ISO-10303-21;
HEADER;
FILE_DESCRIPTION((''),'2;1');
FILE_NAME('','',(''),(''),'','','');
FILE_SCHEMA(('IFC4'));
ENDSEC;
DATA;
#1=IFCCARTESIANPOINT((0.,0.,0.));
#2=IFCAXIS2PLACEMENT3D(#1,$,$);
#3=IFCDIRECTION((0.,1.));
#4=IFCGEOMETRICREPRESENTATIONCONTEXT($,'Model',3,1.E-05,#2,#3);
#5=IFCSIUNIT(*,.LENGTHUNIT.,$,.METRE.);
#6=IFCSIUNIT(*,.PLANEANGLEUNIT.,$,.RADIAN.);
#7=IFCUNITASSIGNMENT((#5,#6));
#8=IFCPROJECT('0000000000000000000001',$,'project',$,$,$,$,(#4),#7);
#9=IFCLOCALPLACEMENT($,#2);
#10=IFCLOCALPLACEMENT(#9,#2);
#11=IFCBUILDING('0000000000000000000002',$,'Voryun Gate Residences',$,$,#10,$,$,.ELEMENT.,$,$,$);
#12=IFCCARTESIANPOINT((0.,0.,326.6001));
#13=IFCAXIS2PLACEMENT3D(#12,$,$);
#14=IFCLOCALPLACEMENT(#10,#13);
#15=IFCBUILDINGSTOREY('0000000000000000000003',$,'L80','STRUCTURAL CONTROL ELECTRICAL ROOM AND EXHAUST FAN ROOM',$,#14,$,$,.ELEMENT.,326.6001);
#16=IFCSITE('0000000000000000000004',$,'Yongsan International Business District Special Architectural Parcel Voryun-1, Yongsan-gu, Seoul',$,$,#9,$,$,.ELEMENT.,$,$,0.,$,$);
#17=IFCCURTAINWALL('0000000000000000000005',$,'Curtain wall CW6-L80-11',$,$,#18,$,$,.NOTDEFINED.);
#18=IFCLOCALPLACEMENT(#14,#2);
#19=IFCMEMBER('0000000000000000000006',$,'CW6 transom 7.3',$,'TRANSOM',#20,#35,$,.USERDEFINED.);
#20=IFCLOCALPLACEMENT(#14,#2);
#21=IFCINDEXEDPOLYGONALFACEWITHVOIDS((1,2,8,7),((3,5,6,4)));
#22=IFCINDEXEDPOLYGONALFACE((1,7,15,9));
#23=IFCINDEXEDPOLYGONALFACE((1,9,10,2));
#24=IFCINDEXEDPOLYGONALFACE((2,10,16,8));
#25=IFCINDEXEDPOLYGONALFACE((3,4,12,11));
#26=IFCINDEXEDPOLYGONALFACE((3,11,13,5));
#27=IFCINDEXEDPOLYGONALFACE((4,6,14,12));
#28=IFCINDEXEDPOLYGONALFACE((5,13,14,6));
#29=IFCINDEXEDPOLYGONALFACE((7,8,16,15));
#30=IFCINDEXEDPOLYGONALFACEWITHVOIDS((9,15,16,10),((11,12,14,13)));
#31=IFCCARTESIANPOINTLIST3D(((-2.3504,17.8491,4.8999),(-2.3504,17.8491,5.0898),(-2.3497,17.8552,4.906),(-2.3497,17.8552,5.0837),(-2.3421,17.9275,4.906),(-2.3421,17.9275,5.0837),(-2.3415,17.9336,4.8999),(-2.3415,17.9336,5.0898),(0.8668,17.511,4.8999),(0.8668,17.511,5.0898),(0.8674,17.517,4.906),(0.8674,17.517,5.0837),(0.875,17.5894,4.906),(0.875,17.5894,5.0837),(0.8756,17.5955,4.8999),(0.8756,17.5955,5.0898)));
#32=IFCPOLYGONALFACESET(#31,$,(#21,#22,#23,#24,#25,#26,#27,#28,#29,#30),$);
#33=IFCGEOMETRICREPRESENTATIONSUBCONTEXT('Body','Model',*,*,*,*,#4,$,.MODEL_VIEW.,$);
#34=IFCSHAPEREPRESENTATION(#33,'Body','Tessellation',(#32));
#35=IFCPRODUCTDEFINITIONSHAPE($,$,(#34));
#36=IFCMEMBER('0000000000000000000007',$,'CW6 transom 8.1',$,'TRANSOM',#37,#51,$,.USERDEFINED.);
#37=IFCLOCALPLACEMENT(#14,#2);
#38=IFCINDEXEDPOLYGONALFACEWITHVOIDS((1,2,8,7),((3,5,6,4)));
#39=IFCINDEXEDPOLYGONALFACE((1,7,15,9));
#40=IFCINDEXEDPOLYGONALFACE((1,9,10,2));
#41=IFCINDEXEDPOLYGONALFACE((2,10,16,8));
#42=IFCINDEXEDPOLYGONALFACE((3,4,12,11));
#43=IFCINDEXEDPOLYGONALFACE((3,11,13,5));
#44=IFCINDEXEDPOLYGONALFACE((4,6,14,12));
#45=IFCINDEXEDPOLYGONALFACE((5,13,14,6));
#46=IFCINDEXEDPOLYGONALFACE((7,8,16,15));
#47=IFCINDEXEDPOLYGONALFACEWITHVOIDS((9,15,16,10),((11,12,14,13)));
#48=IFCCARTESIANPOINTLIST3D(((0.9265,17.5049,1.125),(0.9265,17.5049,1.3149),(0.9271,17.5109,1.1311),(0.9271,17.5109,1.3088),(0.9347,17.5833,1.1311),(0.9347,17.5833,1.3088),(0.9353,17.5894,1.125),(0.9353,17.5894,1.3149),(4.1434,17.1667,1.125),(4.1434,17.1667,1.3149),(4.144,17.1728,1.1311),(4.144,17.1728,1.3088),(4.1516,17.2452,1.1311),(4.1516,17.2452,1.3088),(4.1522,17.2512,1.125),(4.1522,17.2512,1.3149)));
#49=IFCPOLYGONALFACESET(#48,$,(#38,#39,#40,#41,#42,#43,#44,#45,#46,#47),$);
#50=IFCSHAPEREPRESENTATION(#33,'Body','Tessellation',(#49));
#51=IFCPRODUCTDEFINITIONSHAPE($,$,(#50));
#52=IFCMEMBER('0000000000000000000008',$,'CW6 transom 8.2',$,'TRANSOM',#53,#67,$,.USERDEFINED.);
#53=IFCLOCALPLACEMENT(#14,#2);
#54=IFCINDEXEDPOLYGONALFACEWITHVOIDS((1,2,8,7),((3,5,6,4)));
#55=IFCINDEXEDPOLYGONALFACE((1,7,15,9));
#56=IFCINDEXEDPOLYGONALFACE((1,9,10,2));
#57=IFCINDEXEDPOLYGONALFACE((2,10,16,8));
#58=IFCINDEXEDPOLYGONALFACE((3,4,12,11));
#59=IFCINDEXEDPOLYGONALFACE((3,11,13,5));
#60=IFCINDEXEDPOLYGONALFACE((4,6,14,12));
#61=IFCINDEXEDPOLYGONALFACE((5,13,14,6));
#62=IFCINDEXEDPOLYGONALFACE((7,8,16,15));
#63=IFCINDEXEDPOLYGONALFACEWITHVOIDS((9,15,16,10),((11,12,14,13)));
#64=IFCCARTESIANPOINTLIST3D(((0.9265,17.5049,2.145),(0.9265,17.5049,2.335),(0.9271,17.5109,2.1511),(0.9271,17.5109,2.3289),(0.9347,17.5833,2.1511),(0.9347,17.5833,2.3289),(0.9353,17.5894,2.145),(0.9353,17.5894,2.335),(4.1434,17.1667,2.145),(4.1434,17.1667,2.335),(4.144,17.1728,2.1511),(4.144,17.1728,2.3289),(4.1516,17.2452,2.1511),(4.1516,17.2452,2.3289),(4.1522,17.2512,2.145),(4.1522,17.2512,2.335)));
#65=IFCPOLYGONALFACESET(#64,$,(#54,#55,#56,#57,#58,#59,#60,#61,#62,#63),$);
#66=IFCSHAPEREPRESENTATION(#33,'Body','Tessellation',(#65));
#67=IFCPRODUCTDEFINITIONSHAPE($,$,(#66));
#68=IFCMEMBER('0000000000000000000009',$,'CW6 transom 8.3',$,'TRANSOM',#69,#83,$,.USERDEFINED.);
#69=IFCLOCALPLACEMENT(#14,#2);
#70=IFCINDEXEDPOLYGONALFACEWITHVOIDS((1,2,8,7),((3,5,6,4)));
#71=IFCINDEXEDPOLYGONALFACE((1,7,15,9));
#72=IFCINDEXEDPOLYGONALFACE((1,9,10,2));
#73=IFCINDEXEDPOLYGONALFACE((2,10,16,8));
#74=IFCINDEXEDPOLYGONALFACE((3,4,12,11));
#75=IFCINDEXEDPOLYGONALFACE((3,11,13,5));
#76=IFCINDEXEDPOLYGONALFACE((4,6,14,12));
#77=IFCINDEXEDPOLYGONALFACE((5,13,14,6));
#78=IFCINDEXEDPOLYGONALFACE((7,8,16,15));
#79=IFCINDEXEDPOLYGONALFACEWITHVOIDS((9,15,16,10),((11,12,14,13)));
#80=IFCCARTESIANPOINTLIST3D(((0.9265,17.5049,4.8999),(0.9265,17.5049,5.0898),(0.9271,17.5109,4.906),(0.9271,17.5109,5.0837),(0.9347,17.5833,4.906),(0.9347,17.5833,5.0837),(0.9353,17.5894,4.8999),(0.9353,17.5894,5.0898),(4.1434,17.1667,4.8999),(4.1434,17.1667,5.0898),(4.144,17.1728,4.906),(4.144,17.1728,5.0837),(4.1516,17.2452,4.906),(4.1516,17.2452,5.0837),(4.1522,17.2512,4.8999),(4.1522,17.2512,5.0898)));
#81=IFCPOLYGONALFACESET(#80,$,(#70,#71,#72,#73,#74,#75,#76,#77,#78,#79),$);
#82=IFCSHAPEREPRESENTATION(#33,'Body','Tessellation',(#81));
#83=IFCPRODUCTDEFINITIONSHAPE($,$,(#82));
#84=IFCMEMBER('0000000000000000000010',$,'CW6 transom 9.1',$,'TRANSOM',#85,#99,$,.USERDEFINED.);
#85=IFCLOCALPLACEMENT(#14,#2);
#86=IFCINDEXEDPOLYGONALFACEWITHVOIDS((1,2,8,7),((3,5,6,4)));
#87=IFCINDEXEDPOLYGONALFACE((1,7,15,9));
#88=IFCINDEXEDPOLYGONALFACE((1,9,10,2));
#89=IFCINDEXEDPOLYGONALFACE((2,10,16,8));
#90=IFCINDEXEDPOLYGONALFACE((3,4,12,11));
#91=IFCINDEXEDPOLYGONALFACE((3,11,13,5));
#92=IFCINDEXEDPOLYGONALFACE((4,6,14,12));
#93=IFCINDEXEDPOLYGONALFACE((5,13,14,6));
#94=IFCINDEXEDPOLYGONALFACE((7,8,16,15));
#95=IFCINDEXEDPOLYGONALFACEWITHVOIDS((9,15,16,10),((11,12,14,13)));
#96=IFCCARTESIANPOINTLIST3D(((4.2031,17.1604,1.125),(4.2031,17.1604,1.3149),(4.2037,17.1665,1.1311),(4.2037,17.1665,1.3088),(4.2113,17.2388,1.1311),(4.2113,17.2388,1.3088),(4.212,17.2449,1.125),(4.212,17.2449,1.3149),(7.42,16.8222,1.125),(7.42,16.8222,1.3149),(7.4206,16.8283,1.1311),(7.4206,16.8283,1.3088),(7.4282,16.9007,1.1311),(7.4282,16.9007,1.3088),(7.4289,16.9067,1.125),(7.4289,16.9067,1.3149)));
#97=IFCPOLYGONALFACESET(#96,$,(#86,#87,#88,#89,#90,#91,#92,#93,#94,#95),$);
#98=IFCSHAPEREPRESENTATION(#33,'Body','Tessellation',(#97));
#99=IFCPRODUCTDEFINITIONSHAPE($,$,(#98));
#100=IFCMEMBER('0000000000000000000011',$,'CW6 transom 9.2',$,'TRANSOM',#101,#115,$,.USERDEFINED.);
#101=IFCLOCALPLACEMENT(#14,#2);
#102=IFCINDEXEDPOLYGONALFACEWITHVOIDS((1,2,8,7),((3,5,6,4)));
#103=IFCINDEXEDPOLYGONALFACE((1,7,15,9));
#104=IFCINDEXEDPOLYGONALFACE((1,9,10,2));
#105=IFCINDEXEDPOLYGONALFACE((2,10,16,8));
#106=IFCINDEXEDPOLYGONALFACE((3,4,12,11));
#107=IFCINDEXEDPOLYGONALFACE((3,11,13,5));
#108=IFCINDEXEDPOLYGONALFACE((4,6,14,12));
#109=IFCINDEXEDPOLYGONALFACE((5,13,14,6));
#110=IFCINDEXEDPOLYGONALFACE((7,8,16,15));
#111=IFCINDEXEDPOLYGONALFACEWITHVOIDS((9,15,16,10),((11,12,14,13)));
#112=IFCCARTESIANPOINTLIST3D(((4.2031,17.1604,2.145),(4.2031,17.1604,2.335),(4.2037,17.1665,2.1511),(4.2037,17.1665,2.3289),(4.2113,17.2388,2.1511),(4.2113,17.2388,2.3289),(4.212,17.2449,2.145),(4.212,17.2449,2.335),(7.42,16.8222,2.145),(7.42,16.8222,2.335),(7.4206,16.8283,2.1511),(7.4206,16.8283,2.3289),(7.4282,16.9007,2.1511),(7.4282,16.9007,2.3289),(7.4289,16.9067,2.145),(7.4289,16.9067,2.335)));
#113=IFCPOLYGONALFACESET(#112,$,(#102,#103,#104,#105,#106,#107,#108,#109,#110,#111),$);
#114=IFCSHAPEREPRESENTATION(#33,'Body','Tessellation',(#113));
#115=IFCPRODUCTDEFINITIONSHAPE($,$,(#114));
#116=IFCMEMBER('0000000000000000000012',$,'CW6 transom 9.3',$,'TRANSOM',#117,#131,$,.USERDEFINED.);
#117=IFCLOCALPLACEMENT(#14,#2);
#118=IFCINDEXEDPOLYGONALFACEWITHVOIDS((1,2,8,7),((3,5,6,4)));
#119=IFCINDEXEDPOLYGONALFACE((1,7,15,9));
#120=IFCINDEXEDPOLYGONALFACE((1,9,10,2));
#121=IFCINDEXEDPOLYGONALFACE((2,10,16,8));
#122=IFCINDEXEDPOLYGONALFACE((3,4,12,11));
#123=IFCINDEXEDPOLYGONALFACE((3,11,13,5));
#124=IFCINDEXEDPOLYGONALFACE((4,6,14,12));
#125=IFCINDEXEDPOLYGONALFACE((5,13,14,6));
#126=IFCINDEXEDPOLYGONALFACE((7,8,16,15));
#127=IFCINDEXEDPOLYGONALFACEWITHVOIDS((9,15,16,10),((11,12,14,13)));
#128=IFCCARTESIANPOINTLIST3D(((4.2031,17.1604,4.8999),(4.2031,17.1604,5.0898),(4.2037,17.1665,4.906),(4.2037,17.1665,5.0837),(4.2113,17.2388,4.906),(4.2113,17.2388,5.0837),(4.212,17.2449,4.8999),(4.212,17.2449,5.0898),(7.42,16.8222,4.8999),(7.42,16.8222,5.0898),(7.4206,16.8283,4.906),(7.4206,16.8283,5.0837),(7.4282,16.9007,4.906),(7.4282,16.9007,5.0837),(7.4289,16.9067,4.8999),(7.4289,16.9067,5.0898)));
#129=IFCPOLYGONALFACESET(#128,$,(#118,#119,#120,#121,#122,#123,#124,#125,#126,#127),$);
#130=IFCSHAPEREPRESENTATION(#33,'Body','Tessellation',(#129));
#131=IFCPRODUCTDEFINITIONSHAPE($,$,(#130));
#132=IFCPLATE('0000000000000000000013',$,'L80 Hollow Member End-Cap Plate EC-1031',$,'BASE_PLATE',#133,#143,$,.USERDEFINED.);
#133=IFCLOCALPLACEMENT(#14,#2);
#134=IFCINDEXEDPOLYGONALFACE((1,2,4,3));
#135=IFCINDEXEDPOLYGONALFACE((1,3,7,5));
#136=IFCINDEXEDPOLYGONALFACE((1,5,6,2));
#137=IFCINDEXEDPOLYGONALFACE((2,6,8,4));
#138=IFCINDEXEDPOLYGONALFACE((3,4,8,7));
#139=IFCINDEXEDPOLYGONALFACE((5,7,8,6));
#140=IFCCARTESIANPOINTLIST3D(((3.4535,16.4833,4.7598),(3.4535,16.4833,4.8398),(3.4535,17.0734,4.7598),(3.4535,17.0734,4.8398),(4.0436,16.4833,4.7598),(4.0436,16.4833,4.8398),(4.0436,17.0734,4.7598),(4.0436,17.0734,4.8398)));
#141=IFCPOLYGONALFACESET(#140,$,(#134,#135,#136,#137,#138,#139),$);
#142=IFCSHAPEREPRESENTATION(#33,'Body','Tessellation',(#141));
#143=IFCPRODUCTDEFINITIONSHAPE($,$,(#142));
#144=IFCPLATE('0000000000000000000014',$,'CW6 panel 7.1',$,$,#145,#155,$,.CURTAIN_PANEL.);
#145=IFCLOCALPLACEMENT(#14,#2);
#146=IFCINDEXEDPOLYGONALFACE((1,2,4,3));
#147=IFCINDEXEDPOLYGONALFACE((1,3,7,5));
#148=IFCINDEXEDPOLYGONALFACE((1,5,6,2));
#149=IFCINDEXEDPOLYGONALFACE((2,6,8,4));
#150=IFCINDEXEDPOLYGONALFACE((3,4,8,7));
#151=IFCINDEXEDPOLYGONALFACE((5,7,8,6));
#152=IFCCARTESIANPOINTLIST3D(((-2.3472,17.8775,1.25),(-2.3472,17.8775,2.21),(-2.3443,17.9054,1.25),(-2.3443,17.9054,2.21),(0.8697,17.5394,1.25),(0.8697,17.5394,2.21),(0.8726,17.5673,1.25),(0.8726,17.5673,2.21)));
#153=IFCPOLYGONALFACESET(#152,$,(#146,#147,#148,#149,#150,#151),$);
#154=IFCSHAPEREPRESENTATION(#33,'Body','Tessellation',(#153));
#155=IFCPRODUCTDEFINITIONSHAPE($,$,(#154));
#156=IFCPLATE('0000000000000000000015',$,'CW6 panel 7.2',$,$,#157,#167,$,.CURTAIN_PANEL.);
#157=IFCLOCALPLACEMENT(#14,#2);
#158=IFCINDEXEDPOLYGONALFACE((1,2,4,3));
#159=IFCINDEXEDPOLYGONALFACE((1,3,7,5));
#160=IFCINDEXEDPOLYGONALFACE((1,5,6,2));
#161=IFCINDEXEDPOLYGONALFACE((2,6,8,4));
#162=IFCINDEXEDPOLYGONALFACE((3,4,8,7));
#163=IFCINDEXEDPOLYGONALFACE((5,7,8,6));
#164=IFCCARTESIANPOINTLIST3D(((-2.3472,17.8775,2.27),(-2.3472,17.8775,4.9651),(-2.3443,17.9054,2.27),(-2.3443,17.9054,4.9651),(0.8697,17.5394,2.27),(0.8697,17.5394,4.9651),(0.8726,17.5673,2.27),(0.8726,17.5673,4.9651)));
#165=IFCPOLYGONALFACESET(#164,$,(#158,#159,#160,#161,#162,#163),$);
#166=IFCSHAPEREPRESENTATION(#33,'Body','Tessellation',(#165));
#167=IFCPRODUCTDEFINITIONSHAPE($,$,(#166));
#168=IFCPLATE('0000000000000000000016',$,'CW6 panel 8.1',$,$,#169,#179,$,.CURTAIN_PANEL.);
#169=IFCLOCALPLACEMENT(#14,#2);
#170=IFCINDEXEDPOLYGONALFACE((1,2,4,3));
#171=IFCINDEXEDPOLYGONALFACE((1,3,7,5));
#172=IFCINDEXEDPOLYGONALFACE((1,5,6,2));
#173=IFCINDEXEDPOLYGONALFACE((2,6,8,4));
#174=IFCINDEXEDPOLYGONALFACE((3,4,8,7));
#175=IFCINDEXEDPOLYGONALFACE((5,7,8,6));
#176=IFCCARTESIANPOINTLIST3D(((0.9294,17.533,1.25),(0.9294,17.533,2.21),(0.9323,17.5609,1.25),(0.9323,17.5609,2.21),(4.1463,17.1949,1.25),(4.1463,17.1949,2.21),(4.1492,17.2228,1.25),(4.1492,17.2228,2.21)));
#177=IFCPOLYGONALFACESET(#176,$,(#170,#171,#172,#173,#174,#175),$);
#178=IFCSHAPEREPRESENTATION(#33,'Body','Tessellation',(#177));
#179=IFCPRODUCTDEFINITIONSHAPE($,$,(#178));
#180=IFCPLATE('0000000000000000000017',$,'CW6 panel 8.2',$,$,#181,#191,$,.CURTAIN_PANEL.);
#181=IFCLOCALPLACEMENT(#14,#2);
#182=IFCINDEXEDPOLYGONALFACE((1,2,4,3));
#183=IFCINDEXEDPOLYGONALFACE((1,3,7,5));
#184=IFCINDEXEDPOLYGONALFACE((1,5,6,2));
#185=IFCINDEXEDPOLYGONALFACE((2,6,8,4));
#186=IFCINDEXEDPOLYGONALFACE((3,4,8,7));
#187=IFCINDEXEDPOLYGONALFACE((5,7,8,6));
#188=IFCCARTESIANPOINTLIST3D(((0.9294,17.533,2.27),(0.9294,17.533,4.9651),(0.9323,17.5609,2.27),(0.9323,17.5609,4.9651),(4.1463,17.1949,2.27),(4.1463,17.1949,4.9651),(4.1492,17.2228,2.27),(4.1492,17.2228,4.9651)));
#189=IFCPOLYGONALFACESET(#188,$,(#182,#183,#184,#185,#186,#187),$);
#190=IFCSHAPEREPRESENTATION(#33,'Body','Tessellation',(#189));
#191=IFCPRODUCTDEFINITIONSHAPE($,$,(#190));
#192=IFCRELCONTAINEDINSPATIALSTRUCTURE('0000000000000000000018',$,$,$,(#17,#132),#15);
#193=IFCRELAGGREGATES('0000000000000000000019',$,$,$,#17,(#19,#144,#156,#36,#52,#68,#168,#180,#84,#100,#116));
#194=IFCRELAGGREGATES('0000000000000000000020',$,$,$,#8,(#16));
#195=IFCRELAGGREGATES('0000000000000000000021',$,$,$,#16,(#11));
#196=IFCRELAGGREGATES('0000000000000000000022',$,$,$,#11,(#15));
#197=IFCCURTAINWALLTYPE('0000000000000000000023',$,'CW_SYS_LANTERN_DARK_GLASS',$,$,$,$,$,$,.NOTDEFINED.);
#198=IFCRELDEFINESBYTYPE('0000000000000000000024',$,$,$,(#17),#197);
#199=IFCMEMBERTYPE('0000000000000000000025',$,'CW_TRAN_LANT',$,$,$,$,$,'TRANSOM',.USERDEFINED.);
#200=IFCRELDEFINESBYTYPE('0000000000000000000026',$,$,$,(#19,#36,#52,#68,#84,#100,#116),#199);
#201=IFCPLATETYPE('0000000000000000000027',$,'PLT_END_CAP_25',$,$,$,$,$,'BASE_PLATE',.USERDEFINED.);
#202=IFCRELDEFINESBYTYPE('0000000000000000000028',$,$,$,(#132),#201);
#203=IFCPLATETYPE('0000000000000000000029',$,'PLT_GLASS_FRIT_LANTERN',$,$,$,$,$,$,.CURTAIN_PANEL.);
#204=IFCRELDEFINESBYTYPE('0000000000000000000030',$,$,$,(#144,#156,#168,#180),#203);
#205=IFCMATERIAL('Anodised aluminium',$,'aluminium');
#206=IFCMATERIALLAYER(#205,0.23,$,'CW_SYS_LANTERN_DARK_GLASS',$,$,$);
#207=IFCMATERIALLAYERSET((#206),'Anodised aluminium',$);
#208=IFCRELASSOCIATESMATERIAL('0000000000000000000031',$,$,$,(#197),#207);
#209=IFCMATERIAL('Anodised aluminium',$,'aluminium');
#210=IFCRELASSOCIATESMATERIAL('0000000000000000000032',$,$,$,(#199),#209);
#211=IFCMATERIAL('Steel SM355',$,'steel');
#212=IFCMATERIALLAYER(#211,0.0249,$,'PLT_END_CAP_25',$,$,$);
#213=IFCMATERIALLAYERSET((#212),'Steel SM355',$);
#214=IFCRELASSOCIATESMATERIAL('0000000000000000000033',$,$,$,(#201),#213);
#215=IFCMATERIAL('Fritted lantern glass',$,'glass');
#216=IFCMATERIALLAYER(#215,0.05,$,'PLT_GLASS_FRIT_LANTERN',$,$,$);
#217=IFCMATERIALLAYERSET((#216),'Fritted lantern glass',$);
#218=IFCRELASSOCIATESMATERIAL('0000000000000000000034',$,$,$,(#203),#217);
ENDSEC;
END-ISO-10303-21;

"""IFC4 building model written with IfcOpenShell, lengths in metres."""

from ifc_helpers import new_model, si_unit, direction, frame, origin, origin_2d, place, context, subcontext, project, spatial, rectangle, hollow_rectangle, extrude, material, layer, layer_set, material_profile, profile_set, type_object, element, aggregate, save


model = new_model("IFC4")

# Units and contexts
model_context = context("Model", 3, precision=1e-05, world=origin(), true_north=direction((0.0, 1.0)))
body_context = subcontext(model_context, "Body", "Model", "MODEL_VIEW")
ifc_project = project(units=[si_unit("LENGTHUNIT", "METRE"), si_unit("PLANEANGLEUNIT", "RADIAN")], contexts=[model_context])

# Site, building, storey
site_placement = place(None, origin())
site = spatial("IfcSite", under=ifc_project, at=site_placement, Name="Yongsan International Business District Special Architectural Parcel Voryun-1, Yongsan-gu, Seoul", CompositionType="ELEMENT", RefElevation=0.0)
building_placement = place(site_placement, origin())
building = spatial("IfcBuilding", under=site, at=building_placement, Name="Voryun Gate Residences", CompositionType="ELEMENT")
storey_placement = place(building_placement, frame((0.0, 0.0, 326.6001)))
storey = spatial("IfcBuildingStorey", under=building, at=storey_placement, Name="L80", Description="STRUCTURAL CONTROL ELECTRICAL ROOM AND EXHAUST FAN ROOM", CompositionType="ELEMENT", Elevation=326.6001)

# Curtain wall, members
ifc_material_1 = material(Name="Anodised aluminium", Category="aluminium")
ifc_layer_1 = layer(ifc_material_1, 0.23, Name="CW_SYS_LANTERN_DARK_GLASS")
ifc_layer_set_1 = layer_set([ifc_layer_1], Name="Anodised aluminium")
curtain_wall_type = type_object("IfcCurtainWallType", Name="CW_SYS_LANTERN_DARK_GLASS", PredefinedType="NOTDEFINED", material=ifc_layer_set_1)
curtain_wall_placement = place(storey_placement, origin())
curtain_wall = element("IfcCurtainWall", 1, at=curtain_wall_placement, inside=storey, type_object=curtain_wall_type, Name="Curtain wall CW6-L80-11", PredefinedType="NOTDEFINED")
ifc_material_2 = material(Name="Anodised aluminium", Category="aluminium")
ifc_material_profile_1 = material_profile(ifc_material_2, hollow_rectangle(XDim=0.085, YDim=0.1899, WallThickness=0.0061, at=origin_2d()), Name="ALU-TRAN-190x85x6")
ifc_profile_set_1 = profile_set([ifc_material_profile_1], Name="Anodised aluminium")
member_type_1 = type_object("IfcMemberType", Name="CW_TRAN_LANT", ElementType="TRANSOM", PredefinedType="USERDEFINED", material=ifc_profile_set_1)
member_1_placement = place(storey_placement, frame((-2.3459, 17.8914, 4.9949), z_axis=(0.994522, -0.104532, 0.0), x_axis=(0.104532, 0.994522, 0.0)))
member_1 = element("IfcMember", 2, at=member_1_placement, type_object=member_type_1, Name="CW6 transom 7.3", ObjectType="TRANSOM", PredefinedType="USERDEFINED", context=body_context, shape_type="SweptSolid", body=[
    extrude(hollow_rectangle(XDim=0.085, YDim=0.1899, WallThickness=0.0061, at=origin_2d()), origin(), (0.0, 0.0, 1.0), 3.2349),
])
member_2_placement = place(storey_placement, frame((0.9309, 17.5471, 1.22), z_axis=(0.994521, -0.104539, 0.0), x_axis=(0.104539, 0.994521, 0.0)))
member_2 = element("IfcMember", 3, at=member_2_placement, type_object=member_type_1, Name="CW6 transom 8.1", ObjectType="TRANSOM", PredefinedType="USERDEFINED", context=body_context, shape_type="SweptSolid", body=[
    extrude(hollow_rectangle(XDim=0.085, YDim=0.1899, WallThickness=0.0061, at=origin_2d()), origin(), (0.0, 0.0, 1.0), 3.2346),
])
member_3_placement = place(storey_placement, frame((0.9309, 17.5471, 2.24), z_axis=(0.994521, -0.104539, 0.0), x_axis=(0.104539, 0.994521, 0.0)))
member_3 = element("IfcMember", 4, at=member_3_placement, type_object=member_type_1, Name="CW6 transom 8.2", ObjectType="TRANSOM", PredefinedType="USERDEFINED", context=body_context, shape_type="SweptSolid", body=[
    extrude(hollow_rectangle(XDim=0.085, YDim=0.1899, WallThickness=0.0061, at=origin_2d()), origin(), (0.0, 0.0, 1.0), 3.2346),
])
member_4_placement = place(storey_placement, frame((0.9309, 17.5471, 4.9949), z_axis=(0.994521, -0.104539, 0.0), x_axis=(0.104539, 0.994521, 0.0)))
member_4 = element("IfcMember", 5, at=member_4_placement, type_object=member_type_1, Name="CW6 transom 8.3", ObjectType="TRANSOM", PredefinedType="USERDEFINED", context=body_context, shape_type="SweptSolid", body=[
    extrude(hollow_rectangle(XDim=0.085, YDim=0.1899, WallThickness=0.0061, at=origin_2d()), origin(), (0.0, 0.0, 1.0), 3.2346),
])
member_5_placement = place(storey_placement, frame((4.2075, 17.2026, 1.22), z_axis=(0.994521, -0.104539, 0.0), x_axis=(0.104539, 0.994521, 0.0)))
member_5 = element("IfcMember", 6, at=member_5_placement, type_object=member_type_1, Name="CW6 transom 9.1", ObjectType="TRANSOM", PredefinedType="USERDEFINED", context=body_context, shape_type="SweptSolid", body=[
    extrude(hollow_rectangle(XDim=0.085, YDim=0.1899, WallThickness=0.0061, at=origin_2d()), origin(), (0.0, 0.0, 1.0), 3.2346),
])
member_6_placement = place(storey_placement, frame((4.2075, 17.2026, 2.24), z_axis=(0.994521, -0.104539, 0.0), x_axis=(0.104539, 0.994521, 0.0)))
member_6 = element("IfcMember", 7, at=member_6_placement, type_object=member_type_1, Name="CW6 transom 9.2", ObjectType="TRANSOM", PredefinedType="USERDEFINED", context=body_context, shape_type="SweptSolid", body=[
    extrude(hollow_rectangle(XDim=0.085, YDim=0.1899, WallThickness=0.0061, at=origin_2d()), origin(), (0.0, 0.0, 1.0), 3.2346),
])
member_7_placement = place(storey_placement, frame((4.2075, 17.2026, 4.9949), z_axis=(0.994521, -0.104539, 0.0), x_axis=(0.104539, 0.994521, 0.0)))
member_7 = element("IfcMember", 8, at=member_7_placement, type_object=member_type_1, Name="CW6 transom 9.3", ObjectType="TRANSOM", PredefinedType="USERDEFINED", context=body_context, shape_type="SweptSolid", body=[
    extrude(hollow_rectangle(XDim=0.085, YDim=0.1899, WallThickness=0.0061, at=origin_2d()), origin(), (0.0, 0.0, 1.0), 3.2346),
])

# Plates
ifc_material_3 = material(Name="Steel SM355", Category="steel")
ifc_layer_2 = layer(ifc_material_3, 0.0249, Name="PLT_END_CAP_25")
ifc_layer_set_2 = layer_set([ifc_layer_2], Name="Steel SM355")
plate_type_1 = type_object("IfcPlateType", Name="PLT_END_CAP_25", ElementType="BASE_PLATE", PredefinedType="USERDEFINED", material=ifc_layer_set_2)
plate_1_placement = place(storey_placement, frame((3.7485, 16.7783, 4.7598), z_axis=(0.0, 0.0, 1.0), x_axis=(1.0, 0.0, 0.0)))
element("IfcPlate", 9, at=plate_1_placement, inside=storey, type_object=plate_type_1, Name="L80 Hollow Member End-Cap Plate EC-1031", ObjectType="BASE_PLATE", PredefinedType="USERDEFINED", context=body_context, shape_type="SweptSolid", body=[
    extrude(rectangle(XDim=0.5901, YDim=0.5901, at=origin_2d()), origin(), (0.0, 0.0, 1.0), 0.0801),
])
ifc_material_4 = material(Name="Fritted lantern glass", Category="glass")
ifc_layer_3 = layer(ifc_material_4, 0.05, Name="PLT_GLASS_FRIT_LANTERN")
ifc_layer_set_3 = layer_set([ifc_layer_3], Name="Fritted lantern glass")
plate_type_2 = type_object("IfcPlateType", Name="PLT_GLASS_FRIT_LANTERN", PredefinedType="CURTAIN_PANEL", material=ifc_layer_set_3)
plate_2_placement = place(storey_placement, frame((-0.7373, 17.7224, 1.25), z_axis=(0.0, 0.0, 1.0), x_axis=(0.994522, -0.104528, 0.0)))
plate_2 = element("IfcPlate", 10, at=plate_2_placement, type_object=plate_type_2, Name="CW6 panel 7.1", PredefinedType="CURTAIN_PANEL", context=body_context, shape_type="SweptSolid", body=[
    extrude(rectangle(XDim=3.2346, YDim=0.0281, at=origin_2d()), origin(), (0.0, 0.0, 1.0), 0.96),
])
plate_3_placement = place(storey_placement, frame((-0.7373, 17.7224, 2.27), z_axis=(0.0, 0.0, 1.0), x_axis=(0.994522, -0.104528, 0.0)))
plate_3 = element("IfcPlate", 11, at=plate_3_placement, type_object=plate_type_2, Name="CW6 panel 7.2", PredefinedType="CURTAIN_PANEL", context=body_context, shape_type="SweptSolid", body=[
    extrude(rectangle(XDim=3.2346, YDim=0.0281, at=origin_2d()), origin(), (0.0, 0.0, 1.0), 2.6951),
])
plate_4_placement = place(storey_placement, frame((2.5393, 17.3779, 1.25), z_axis=(0.0, 0.0, 1.0), x_axis=(0.994522, -0.104528, 0.0)))
plate_4 = element("IfcPlate", 12, at=plate_4_placement, type_object=plate_type_2, Name="CW6 panel 8.1", PredefinedType="CURTAIN_PANEL", context=body_context, shape_type="SweptSolid", body=[
    extrude(rectangle(XDim=3.2346, YDim=0.0281, at=origin_2d()), origin(), (0.0, 0.0, 1.0), 0.96),
])
plate_5_placement = place(storey_placement, frame((2.5393, 17.3779, 2.27), z_axis=(0.0, 0.0, 1.0), x_axis=(0.994522, -0.104528, 0.0)))
plate_5 = element("IfcPlate", 13, at=plate_5_placement, type_object=plate_type_2, Name="CW6 panel 8.2", PredefinedType="CURTAIN_PANEL", context=body_context, shape_type="SweptSolid", body=[
    extrude(rectangle(XDim=3.2346, YDim=0.0281, at=origin_2d()), origin(), (0.0, 0.0, 1.0), 2.6951),
])
aggregate(curtain_wall, [member_1, plate_2, plate_3, member_2, member_3, member_4, plate_4, plate_5, member_5, member_6, member_7])

save(model, "model.ifc")
